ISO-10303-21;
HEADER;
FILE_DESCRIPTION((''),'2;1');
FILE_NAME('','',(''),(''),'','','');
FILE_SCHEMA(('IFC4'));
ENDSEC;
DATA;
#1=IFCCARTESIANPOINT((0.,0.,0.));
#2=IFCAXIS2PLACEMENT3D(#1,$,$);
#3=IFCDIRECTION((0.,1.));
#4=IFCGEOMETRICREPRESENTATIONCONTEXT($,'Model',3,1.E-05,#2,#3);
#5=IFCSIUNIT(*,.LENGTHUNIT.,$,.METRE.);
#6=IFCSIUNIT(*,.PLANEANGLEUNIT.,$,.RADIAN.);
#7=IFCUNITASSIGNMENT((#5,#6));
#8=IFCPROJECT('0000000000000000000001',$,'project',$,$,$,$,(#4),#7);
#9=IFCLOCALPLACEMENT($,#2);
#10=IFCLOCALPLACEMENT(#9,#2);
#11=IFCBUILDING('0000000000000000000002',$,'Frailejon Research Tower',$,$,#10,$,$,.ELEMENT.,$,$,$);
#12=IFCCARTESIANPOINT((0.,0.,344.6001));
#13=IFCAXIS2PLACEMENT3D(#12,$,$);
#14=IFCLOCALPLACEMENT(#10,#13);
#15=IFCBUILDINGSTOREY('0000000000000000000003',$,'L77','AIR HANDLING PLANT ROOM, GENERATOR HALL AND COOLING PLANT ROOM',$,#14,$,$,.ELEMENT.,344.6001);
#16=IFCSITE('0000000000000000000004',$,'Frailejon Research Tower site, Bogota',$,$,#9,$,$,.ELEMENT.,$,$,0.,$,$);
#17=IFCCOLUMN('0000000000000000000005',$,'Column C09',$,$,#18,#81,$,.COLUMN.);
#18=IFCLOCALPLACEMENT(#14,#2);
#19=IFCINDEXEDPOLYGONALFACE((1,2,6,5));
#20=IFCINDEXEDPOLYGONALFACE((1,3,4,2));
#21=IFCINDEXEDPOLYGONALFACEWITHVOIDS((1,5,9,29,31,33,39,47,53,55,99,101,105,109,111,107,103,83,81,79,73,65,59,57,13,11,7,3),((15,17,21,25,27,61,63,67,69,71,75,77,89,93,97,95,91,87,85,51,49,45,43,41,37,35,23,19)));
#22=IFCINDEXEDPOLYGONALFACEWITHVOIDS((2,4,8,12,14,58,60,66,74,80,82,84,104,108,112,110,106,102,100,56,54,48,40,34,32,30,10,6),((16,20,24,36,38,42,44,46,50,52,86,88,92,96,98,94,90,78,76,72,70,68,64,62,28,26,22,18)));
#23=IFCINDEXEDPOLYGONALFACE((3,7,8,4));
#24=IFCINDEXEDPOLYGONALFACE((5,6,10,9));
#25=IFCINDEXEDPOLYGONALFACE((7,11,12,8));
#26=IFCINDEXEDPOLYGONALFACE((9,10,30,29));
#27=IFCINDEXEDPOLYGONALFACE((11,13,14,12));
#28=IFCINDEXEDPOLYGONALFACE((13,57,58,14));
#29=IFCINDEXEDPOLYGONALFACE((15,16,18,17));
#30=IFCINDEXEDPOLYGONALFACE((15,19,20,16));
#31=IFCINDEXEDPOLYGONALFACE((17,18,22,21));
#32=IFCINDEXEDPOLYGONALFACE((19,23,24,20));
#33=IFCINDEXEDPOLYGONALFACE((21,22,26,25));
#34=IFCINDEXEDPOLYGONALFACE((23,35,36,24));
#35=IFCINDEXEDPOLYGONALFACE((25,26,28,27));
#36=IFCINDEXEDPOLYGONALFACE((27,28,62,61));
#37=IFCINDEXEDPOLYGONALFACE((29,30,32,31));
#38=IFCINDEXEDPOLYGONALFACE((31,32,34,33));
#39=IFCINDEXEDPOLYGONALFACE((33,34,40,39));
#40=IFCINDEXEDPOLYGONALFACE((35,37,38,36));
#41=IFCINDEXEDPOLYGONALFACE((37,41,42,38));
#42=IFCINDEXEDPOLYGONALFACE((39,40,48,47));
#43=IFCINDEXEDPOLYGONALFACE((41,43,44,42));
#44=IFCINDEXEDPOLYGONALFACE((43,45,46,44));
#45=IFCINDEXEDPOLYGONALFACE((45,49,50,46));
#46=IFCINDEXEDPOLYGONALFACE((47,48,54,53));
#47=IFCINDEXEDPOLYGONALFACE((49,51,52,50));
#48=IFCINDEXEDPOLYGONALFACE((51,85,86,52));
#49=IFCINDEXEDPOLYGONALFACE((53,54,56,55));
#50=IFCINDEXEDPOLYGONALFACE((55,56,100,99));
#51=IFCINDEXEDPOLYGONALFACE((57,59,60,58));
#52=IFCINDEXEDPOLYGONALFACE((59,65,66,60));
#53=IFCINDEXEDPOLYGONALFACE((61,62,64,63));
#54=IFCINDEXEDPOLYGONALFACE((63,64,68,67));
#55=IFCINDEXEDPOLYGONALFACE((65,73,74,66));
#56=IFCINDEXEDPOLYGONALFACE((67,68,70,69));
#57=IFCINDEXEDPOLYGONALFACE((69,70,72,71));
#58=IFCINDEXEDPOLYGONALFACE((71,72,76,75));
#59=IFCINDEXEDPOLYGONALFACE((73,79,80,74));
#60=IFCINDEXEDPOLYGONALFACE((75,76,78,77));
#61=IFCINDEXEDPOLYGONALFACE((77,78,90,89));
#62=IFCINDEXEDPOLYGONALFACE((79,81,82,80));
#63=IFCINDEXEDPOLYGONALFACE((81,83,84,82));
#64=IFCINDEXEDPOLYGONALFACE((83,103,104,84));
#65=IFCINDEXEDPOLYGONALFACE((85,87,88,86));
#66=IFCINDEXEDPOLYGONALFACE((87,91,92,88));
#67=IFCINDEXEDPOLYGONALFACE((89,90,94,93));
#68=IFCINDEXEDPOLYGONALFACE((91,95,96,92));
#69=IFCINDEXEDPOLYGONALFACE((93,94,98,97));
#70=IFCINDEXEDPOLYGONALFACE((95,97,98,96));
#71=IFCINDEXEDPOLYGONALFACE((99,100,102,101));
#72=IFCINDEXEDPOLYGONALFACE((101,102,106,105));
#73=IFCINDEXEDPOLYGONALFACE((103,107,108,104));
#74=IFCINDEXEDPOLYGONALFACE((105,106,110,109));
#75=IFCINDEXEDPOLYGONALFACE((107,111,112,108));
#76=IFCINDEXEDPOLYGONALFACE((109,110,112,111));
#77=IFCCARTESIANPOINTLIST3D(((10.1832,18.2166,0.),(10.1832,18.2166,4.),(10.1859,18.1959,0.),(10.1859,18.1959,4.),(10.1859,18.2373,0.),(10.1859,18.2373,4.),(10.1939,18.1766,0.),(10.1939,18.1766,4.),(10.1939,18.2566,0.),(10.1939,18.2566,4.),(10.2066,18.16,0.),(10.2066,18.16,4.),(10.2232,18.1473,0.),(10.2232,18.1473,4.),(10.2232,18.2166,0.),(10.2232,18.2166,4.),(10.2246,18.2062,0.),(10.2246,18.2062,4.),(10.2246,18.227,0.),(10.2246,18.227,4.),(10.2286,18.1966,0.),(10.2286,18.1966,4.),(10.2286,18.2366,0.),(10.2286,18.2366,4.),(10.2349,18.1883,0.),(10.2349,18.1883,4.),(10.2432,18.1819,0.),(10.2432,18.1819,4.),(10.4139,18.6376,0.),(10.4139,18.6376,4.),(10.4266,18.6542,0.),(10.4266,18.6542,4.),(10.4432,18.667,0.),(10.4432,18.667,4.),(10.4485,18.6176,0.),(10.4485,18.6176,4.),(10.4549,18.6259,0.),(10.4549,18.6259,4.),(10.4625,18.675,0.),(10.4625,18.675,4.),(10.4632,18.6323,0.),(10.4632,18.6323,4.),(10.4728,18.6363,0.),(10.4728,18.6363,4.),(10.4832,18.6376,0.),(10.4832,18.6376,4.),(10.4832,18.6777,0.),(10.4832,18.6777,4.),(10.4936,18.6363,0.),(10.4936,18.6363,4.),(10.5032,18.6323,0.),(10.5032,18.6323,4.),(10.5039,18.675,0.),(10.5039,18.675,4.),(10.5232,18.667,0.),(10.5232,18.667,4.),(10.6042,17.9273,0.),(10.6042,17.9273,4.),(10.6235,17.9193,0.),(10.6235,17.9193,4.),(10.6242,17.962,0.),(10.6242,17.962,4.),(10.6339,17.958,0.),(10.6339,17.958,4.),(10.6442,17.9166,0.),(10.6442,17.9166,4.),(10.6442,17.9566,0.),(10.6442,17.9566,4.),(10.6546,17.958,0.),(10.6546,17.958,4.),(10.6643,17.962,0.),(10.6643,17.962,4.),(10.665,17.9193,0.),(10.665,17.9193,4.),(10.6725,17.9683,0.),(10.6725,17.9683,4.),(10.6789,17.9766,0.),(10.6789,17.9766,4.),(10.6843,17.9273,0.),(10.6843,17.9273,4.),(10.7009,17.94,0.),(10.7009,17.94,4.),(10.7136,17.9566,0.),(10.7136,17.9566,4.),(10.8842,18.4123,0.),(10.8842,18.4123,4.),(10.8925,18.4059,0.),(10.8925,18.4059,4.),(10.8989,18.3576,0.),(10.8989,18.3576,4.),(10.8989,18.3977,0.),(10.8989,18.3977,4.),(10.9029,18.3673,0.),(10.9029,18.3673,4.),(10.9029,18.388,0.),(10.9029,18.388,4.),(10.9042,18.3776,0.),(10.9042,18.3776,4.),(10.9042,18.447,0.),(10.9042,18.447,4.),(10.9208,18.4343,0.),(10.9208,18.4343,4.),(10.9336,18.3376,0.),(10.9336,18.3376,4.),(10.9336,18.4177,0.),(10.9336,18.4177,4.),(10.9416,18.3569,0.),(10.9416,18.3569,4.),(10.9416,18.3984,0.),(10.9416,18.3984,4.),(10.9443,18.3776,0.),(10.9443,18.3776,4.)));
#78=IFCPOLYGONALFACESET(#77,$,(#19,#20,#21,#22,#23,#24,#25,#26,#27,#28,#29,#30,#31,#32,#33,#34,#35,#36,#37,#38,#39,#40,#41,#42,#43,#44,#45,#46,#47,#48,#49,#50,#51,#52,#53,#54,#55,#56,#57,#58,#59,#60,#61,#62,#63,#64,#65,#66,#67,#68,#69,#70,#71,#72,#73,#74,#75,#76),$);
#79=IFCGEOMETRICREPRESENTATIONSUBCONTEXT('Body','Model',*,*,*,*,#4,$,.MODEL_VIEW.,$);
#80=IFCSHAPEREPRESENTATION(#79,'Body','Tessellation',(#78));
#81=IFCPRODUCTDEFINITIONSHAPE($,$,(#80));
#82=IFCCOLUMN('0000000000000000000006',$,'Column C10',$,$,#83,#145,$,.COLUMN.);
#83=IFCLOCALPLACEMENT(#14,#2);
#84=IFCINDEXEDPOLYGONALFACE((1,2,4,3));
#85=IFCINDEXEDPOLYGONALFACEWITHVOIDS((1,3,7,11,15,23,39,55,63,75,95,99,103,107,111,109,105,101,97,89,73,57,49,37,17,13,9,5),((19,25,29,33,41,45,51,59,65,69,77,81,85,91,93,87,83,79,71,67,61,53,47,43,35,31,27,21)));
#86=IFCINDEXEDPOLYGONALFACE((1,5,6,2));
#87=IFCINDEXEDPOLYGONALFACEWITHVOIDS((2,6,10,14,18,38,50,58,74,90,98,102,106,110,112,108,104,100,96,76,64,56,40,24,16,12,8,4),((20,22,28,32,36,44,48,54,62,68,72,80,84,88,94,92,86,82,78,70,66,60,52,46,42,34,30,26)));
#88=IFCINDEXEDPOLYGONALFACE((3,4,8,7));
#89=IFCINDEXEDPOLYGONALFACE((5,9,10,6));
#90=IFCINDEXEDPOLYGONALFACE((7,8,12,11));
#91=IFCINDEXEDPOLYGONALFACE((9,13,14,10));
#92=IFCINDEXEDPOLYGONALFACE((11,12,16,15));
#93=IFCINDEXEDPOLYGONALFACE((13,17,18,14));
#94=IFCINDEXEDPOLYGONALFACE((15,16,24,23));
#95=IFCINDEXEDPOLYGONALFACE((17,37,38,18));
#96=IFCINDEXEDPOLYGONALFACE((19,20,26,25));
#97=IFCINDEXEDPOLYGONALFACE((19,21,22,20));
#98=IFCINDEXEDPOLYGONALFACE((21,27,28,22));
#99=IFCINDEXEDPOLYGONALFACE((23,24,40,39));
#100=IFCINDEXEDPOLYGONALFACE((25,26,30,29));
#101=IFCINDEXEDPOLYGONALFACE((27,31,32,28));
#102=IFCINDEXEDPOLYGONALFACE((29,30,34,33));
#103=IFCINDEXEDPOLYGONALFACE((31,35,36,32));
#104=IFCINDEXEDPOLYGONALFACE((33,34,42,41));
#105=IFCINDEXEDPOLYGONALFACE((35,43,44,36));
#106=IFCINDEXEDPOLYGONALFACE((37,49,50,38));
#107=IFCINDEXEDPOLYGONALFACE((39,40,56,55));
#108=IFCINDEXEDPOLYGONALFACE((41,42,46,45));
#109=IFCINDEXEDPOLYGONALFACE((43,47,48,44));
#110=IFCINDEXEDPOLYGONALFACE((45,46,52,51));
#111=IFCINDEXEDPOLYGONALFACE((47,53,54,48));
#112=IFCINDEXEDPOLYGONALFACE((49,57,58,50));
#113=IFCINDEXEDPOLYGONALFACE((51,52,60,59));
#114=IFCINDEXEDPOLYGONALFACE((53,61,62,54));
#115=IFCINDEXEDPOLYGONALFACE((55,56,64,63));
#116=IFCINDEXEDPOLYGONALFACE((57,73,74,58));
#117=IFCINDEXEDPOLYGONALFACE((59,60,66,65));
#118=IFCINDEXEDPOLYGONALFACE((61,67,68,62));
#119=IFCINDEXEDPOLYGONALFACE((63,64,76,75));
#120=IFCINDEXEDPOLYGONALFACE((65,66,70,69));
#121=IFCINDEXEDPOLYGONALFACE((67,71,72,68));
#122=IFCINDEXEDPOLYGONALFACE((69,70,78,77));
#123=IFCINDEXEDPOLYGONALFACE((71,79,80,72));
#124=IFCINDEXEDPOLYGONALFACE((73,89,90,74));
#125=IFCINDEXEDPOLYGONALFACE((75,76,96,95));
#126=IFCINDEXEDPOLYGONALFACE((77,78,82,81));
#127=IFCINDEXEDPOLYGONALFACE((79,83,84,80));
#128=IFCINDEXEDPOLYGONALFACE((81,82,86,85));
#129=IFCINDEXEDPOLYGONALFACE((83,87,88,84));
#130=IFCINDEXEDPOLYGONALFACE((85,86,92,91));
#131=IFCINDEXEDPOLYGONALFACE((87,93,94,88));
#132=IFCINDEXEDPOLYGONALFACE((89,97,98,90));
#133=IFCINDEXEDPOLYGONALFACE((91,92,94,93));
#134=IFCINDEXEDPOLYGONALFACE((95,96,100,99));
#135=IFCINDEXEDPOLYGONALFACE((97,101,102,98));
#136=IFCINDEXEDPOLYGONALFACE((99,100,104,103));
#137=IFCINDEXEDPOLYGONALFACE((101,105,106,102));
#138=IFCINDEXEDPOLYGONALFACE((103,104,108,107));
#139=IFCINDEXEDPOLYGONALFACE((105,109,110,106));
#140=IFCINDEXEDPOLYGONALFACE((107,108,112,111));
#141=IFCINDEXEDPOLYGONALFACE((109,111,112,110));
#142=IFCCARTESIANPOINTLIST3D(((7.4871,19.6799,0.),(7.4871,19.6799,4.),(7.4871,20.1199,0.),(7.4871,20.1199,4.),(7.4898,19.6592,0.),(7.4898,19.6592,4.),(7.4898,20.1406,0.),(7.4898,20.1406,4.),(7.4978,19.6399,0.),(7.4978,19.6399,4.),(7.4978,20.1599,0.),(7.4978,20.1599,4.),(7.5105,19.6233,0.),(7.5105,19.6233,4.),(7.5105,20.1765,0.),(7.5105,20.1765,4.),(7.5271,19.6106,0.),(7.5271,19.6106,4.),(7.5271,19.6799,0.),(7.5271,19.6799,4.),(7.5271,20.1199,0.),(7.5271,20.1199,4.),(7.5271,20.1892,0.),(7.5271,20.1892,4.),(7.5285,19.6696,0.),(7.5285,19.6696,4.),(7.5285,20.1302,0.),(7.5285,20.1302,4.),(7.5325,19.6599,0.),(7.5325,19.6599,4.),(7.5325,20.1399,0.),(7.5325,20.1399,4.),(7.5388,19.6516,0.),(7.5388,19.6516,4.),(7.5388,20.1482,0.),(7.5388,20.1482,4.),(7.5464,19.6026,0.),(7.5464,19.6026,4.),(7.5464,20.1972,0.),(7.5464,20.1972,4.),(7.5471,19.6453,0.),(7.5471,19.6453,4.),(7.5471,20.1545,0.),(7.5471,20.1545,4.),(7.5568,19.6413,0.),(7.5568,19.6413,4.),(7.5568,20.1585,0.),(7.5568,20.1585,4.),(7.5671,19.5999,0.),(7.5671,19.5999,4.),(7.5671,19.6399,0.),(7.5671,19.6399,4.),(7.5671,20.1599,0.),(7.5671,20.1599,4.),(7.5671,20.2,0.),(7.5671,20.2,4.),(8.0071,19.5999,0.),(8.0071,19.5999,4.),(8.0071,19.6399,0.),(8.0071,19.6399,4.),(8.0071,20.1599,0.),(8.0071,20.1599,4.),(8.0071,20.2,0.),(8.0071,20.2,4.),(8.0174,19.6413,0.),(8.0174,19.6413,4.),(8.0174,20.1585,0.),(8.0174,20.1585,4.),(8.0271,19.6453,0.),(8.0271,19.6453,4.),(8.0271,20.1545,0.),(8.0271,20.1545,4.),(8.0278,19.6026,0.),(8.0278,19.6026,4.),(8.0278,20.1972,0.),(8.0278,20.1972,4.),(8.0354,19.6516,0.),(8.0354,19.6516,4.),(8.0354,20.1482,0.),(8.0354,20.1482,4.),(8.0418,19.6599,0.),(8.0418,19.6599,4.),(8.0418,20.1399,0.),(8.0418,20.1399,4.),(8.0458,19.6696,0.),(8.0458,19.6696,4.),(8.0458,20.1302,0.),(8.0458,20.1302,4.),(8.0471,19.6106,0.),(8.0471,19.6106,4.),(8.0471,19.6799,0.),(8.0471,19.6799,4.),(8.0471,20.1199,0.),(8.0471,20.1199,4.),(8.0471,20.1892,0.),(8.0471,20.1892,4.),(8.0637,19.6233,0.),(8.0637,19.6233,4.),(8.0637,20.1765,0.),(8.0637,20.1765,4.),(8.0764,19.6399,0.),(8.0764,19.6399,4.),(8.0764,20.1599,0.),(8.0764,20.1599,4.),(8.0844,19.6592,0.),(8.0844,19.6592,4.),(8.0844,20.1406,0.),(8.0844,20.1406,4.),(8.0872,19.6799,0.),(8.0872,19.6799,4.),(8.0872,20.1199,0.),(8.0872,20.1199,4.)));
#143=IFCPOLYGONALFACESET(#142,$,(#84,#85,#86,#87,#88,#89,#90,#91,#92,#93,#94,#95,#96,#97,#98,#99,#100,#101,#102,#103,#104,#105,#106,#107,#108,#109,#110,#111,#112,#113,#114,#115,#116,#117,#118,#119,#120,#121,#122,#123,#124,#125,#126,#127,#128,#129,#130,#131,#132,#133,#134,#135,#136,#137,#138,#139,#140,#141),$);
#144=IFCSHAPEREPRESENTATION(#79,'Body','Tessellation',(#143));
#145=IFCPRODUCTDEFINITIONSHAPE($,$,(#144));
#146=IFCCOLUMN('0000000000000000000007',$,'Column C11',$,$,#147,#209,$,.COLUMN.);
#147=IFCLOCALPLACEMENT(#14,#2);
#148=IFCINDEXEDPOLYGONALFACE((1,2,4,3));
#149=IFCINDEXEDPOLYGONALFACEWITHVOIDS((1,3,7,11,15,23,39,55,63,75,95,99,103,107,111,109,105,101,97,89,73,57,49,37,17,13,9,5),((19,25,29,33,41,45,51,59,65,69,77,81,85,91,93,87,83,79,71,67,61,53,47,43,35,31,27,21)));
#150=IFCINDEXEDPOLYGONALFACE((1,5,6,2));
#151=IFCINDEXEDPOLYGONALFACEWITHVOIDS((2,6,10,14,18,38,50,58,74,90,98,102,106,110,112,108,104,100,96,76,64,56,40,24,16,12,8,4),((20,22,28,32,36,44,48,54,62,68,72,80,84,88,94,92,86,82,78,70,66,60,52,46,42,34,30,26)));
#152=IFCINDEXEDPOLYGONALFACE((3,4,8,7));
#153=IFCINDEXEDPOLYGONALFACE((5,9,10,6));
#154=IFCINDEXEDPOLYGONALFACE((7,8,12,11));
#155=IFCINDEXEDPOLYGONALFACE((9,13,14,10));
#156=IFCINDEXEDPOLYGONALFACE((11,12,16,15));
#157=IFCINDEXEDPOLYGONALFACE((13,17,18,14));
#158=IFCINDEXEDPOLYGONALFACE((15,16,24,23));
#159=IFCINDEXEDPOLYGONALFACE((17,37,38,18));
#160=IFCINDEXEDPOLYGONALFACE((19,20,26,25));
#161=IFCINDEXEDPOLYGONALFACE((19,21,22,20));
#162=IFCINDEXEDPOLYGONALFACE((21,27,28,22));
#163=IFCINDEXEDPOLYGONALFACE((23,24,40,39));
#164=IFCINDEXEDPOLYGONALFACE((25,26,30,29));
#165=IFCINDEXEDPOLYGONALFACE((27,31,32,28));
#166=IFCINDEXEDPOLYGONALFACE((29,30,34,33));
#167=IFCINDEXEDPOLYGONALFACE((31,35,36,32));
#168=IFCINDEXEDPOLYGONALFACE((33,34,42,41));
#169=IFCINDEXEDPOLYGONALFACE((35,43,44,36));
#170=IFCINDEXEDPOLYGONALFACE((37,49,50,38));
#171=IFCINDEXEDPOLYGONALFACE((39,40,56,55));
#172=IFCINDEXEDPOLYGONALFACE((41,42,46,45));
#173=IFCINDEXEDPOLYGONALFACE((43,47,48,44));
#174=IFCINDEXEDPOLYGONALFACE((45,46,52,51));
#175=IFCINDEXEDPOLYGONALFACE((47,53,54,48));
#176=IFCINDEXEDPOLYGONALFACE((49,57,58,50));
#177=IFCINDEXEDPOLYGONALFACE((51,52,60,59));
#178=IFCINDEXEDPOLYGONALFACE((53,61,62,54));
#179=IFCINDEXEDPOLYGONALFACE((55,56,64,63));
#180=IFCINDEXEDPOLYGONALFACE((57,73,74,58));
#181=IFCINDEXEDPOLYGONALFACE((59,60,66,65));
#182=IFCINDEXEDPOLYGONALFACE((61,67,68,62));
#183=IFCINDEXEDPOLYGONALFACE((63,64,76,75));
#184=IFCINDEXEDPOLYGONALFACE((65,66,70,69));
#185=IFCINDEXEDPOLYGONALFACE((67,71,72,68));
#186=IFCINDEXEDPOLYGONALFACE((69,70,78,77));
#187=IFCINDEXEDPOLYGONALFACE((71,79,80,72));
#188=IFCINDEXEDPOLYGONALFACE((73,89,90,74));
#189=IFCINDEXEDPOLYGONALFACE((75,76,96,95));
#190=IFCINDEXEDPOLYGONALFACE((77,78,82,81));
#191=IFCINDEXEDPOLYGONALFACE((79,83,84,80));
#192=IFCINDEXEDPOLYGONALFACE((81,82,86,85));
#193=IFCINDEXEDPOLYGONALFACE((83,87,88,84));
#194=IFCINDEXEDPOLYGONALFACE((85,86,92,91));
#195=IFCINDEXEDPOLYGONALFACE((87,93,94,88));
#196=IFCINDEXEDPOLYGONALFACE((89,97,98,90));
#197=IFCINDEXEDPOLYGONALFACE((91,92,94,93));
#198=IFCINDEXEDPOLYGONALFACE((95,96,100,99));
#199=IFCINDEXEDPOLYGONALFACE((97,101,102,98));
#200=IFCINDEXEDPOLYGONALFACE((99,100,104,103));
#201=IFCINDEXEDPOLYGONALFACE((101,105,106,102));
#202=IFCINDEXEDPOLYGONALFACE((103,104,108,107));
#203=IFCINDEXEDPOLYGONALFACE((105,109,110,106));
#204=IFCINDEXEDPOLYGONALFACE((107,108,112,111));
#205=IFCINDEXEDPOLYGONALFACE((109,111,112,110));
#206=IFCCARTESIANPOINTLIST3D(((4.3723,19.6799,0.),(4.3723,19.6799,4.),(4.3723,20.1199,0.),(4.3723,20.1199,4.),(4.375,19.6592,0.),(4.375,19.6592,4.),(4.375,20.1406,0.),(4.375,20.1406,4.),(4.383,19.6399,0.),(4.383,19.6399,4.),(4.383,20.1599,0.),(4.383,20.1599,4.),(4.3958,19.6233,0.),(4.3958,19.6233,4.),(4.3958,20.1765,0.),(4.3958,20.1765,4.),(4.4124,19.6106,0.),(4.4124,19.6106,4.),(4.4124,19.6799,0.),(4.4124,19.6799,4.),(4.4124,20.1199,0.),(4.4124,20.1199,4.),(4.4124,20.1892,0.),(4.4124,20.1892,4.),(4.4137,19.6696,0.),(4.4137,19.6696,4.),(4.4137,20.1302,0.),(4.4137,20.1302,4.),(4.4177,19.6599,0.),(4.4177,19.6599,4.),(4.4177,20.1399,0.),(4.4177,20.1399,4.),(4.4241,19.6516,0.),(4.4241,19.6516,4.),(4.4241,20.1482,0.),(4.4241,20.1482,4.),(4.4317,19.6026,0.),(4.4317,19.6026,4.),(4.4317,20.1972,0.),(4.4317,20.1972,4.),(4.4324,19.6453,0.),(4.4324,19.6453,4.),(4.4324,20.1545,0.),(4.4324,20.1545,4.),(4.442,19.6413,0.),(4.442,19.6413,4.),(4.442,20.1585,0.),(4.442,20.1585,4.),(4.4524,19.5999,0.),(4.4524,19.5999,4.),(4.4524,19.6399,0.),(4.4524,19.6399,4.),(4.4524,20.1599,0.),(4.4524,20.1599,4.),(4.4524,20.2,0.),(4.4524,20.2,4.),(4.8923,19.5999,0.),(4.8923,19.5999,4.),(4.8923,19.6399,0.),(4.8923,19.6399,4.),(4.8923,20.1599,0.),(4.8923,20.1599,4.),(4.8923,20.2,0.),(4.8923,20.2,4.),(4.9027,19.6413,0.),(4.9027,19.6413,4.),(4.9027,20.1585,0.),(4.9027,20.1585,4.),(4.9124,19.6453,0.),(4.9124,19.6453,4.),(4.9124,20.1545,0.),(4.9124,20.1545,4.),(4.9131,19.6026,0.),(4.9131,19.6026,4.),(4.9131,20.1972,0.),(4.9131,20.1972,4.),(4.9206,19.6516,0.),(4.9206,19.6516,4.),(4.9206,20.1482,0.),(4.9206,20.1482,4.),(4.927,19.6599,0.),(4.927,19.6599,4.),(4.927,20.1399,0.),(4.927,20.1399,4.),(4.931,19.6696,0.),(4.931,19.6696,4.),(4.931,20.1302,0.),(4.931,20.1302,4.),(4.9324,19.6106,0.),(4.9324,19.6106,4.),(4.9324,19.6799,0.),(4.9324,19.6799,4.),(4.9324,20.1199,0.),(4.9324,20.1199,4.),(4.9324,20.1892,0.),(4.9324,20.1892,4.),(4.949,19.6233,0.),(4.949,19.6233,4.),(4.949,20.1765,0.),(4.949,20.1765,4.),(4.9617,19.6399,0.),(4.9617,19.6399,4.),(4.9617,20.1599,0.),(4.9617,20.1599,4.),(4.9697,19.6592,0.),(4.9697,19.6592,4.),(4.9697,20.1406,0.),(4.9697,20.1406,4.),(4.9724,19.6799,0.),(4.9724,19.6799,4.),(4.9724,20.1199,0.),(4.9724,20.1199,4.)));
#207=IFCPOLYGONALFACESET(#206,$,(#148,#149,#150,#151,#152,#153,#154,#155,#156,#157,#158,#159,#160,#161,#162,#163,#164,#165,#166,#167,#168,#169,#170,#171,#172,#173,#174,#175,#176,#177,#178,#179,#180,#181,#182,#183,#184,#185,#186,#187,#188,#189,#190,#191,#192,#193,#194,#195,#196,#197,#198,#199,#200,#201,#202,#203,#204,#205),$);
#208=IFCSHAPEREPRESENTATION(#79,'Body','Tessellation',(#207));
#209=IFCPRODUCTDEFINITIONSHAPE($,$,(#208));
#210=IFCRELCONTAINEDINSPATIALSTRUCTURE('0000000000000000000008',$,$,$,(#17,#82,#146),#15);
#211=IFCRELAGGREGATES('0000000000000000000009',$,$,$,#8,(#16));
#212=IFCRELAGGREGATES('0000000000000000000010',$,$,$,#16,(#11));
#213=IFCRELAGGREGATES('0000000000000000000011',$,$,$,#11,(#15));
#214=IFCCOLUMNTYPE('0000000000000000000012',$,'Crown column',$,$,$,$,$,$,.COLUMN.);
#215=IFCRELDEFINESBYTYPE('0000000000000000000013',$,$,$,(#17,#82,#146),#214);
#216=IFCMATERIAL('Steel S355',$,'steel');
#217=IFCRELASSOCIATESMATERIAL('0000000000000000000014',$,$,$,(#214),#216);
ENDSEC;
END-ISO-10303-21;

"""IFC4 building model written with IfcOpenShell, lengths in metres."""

from ifc_helpers import new_model, si_unit, direction, frame, origin, origin_2d, place, context, subcontext, project, spatial, hollow_rectangle, extrude, material, material_profile, profile_set, type_object, element, save


model = new_model("IFC4")

# Units and contexts
model_context = context("Model", 3, precision=1e-05, world=origin(), true_north=direction((0.0, 1.0)))
body_context = subcontext(model_context, "Body", "Model", "MODEL_VIEW")
ifc_project = project(units=[si_unit("LENGTHUNIT", "METRE"), si_unit("PLANEANGLEUNIT", "RADIAN")], contexts=[model_context])

# Site, building, storey
site_placement = place(None, origin())
site = spatial("IfcSite", under=ifc_project, at=site_placement, Name="Frailejon Research Tower site, Bogota", CompositionType="ELEMENT", RefElevation=0.0)
building_placement = place(site_placement, origin())
building = spatial("IfcBuilding", under=site, at=building_placement, Name="Frailejon Research Tower", CompositionType="ELEMENT")
storey_placement = place(building_placement, frame((0.0, 0.0, 344.6001)))
storey = spatial("IfcBuildingStorey", under=building, at=storey_placement, Name="L77", Description="AIR HANDLING PLANT ROOM, GENERATOR HALL AND COOLING PLANT ROOM", CompositionType="ELEMENT", Elevation=344.6001)

# Columns
ifc_material_1 = material(Name="Steel S355", Category="steel")
ifc_material_profile_1 = material_profile(ifc_material_1, hollow_rectangle(XDim=0.6001, YDim=0.6001, WallThickness=0.04, InnerFilletRadius=0.04, OuterFilletRadius=0.0801, at=origin_2d()), Name="Crown column")
ifc_profile_set_1 = profile_set([ifc_material_profile_1], Name="Steel S355")
column_type = type_object("IfcColumnType", Name="Crown column", PredefinedType="COLUMN", material=ifc_profile_set_1)
for number, where, z_axis, x_axis, name in (
    (1, (10.5637, 18.2971, 0.0), (0.0, 0.0, 1.0), (-0.866025, 0.5, 0.0), "Column C09"),
    (2, (7.7871, 19.8999, 0.0), (0.0, 0.0, 1.0), (-1.0, 0.0, 0.0), "Column C10"),
    (3, (4.6724, 19.8999, 0.0), (0.0, 0.0, 1.0), (-1.0, 0.0, 0.0), "Column C11"),
):
    element("IfcColumn", number, at=place(storey_placement, frame(where, z_axis=z_axis, x_axis=x_axis)), inside=storey, type_object=column_type, Name=name, PredefinedType="COLUMN", context=body_context, shape_type="SweptSolid", body=[
        extrude(hollow_rectangle(XDim=0.6001, YDim=0.6001, WallThickness=0.04, InnerFilletRadius=0.04, OuterFilletRadius=0.0801, at=origin_2d()), origin(), (0.0, 0.0, 1.0), 4.0),
    ])

save(model, "model.ifc")
